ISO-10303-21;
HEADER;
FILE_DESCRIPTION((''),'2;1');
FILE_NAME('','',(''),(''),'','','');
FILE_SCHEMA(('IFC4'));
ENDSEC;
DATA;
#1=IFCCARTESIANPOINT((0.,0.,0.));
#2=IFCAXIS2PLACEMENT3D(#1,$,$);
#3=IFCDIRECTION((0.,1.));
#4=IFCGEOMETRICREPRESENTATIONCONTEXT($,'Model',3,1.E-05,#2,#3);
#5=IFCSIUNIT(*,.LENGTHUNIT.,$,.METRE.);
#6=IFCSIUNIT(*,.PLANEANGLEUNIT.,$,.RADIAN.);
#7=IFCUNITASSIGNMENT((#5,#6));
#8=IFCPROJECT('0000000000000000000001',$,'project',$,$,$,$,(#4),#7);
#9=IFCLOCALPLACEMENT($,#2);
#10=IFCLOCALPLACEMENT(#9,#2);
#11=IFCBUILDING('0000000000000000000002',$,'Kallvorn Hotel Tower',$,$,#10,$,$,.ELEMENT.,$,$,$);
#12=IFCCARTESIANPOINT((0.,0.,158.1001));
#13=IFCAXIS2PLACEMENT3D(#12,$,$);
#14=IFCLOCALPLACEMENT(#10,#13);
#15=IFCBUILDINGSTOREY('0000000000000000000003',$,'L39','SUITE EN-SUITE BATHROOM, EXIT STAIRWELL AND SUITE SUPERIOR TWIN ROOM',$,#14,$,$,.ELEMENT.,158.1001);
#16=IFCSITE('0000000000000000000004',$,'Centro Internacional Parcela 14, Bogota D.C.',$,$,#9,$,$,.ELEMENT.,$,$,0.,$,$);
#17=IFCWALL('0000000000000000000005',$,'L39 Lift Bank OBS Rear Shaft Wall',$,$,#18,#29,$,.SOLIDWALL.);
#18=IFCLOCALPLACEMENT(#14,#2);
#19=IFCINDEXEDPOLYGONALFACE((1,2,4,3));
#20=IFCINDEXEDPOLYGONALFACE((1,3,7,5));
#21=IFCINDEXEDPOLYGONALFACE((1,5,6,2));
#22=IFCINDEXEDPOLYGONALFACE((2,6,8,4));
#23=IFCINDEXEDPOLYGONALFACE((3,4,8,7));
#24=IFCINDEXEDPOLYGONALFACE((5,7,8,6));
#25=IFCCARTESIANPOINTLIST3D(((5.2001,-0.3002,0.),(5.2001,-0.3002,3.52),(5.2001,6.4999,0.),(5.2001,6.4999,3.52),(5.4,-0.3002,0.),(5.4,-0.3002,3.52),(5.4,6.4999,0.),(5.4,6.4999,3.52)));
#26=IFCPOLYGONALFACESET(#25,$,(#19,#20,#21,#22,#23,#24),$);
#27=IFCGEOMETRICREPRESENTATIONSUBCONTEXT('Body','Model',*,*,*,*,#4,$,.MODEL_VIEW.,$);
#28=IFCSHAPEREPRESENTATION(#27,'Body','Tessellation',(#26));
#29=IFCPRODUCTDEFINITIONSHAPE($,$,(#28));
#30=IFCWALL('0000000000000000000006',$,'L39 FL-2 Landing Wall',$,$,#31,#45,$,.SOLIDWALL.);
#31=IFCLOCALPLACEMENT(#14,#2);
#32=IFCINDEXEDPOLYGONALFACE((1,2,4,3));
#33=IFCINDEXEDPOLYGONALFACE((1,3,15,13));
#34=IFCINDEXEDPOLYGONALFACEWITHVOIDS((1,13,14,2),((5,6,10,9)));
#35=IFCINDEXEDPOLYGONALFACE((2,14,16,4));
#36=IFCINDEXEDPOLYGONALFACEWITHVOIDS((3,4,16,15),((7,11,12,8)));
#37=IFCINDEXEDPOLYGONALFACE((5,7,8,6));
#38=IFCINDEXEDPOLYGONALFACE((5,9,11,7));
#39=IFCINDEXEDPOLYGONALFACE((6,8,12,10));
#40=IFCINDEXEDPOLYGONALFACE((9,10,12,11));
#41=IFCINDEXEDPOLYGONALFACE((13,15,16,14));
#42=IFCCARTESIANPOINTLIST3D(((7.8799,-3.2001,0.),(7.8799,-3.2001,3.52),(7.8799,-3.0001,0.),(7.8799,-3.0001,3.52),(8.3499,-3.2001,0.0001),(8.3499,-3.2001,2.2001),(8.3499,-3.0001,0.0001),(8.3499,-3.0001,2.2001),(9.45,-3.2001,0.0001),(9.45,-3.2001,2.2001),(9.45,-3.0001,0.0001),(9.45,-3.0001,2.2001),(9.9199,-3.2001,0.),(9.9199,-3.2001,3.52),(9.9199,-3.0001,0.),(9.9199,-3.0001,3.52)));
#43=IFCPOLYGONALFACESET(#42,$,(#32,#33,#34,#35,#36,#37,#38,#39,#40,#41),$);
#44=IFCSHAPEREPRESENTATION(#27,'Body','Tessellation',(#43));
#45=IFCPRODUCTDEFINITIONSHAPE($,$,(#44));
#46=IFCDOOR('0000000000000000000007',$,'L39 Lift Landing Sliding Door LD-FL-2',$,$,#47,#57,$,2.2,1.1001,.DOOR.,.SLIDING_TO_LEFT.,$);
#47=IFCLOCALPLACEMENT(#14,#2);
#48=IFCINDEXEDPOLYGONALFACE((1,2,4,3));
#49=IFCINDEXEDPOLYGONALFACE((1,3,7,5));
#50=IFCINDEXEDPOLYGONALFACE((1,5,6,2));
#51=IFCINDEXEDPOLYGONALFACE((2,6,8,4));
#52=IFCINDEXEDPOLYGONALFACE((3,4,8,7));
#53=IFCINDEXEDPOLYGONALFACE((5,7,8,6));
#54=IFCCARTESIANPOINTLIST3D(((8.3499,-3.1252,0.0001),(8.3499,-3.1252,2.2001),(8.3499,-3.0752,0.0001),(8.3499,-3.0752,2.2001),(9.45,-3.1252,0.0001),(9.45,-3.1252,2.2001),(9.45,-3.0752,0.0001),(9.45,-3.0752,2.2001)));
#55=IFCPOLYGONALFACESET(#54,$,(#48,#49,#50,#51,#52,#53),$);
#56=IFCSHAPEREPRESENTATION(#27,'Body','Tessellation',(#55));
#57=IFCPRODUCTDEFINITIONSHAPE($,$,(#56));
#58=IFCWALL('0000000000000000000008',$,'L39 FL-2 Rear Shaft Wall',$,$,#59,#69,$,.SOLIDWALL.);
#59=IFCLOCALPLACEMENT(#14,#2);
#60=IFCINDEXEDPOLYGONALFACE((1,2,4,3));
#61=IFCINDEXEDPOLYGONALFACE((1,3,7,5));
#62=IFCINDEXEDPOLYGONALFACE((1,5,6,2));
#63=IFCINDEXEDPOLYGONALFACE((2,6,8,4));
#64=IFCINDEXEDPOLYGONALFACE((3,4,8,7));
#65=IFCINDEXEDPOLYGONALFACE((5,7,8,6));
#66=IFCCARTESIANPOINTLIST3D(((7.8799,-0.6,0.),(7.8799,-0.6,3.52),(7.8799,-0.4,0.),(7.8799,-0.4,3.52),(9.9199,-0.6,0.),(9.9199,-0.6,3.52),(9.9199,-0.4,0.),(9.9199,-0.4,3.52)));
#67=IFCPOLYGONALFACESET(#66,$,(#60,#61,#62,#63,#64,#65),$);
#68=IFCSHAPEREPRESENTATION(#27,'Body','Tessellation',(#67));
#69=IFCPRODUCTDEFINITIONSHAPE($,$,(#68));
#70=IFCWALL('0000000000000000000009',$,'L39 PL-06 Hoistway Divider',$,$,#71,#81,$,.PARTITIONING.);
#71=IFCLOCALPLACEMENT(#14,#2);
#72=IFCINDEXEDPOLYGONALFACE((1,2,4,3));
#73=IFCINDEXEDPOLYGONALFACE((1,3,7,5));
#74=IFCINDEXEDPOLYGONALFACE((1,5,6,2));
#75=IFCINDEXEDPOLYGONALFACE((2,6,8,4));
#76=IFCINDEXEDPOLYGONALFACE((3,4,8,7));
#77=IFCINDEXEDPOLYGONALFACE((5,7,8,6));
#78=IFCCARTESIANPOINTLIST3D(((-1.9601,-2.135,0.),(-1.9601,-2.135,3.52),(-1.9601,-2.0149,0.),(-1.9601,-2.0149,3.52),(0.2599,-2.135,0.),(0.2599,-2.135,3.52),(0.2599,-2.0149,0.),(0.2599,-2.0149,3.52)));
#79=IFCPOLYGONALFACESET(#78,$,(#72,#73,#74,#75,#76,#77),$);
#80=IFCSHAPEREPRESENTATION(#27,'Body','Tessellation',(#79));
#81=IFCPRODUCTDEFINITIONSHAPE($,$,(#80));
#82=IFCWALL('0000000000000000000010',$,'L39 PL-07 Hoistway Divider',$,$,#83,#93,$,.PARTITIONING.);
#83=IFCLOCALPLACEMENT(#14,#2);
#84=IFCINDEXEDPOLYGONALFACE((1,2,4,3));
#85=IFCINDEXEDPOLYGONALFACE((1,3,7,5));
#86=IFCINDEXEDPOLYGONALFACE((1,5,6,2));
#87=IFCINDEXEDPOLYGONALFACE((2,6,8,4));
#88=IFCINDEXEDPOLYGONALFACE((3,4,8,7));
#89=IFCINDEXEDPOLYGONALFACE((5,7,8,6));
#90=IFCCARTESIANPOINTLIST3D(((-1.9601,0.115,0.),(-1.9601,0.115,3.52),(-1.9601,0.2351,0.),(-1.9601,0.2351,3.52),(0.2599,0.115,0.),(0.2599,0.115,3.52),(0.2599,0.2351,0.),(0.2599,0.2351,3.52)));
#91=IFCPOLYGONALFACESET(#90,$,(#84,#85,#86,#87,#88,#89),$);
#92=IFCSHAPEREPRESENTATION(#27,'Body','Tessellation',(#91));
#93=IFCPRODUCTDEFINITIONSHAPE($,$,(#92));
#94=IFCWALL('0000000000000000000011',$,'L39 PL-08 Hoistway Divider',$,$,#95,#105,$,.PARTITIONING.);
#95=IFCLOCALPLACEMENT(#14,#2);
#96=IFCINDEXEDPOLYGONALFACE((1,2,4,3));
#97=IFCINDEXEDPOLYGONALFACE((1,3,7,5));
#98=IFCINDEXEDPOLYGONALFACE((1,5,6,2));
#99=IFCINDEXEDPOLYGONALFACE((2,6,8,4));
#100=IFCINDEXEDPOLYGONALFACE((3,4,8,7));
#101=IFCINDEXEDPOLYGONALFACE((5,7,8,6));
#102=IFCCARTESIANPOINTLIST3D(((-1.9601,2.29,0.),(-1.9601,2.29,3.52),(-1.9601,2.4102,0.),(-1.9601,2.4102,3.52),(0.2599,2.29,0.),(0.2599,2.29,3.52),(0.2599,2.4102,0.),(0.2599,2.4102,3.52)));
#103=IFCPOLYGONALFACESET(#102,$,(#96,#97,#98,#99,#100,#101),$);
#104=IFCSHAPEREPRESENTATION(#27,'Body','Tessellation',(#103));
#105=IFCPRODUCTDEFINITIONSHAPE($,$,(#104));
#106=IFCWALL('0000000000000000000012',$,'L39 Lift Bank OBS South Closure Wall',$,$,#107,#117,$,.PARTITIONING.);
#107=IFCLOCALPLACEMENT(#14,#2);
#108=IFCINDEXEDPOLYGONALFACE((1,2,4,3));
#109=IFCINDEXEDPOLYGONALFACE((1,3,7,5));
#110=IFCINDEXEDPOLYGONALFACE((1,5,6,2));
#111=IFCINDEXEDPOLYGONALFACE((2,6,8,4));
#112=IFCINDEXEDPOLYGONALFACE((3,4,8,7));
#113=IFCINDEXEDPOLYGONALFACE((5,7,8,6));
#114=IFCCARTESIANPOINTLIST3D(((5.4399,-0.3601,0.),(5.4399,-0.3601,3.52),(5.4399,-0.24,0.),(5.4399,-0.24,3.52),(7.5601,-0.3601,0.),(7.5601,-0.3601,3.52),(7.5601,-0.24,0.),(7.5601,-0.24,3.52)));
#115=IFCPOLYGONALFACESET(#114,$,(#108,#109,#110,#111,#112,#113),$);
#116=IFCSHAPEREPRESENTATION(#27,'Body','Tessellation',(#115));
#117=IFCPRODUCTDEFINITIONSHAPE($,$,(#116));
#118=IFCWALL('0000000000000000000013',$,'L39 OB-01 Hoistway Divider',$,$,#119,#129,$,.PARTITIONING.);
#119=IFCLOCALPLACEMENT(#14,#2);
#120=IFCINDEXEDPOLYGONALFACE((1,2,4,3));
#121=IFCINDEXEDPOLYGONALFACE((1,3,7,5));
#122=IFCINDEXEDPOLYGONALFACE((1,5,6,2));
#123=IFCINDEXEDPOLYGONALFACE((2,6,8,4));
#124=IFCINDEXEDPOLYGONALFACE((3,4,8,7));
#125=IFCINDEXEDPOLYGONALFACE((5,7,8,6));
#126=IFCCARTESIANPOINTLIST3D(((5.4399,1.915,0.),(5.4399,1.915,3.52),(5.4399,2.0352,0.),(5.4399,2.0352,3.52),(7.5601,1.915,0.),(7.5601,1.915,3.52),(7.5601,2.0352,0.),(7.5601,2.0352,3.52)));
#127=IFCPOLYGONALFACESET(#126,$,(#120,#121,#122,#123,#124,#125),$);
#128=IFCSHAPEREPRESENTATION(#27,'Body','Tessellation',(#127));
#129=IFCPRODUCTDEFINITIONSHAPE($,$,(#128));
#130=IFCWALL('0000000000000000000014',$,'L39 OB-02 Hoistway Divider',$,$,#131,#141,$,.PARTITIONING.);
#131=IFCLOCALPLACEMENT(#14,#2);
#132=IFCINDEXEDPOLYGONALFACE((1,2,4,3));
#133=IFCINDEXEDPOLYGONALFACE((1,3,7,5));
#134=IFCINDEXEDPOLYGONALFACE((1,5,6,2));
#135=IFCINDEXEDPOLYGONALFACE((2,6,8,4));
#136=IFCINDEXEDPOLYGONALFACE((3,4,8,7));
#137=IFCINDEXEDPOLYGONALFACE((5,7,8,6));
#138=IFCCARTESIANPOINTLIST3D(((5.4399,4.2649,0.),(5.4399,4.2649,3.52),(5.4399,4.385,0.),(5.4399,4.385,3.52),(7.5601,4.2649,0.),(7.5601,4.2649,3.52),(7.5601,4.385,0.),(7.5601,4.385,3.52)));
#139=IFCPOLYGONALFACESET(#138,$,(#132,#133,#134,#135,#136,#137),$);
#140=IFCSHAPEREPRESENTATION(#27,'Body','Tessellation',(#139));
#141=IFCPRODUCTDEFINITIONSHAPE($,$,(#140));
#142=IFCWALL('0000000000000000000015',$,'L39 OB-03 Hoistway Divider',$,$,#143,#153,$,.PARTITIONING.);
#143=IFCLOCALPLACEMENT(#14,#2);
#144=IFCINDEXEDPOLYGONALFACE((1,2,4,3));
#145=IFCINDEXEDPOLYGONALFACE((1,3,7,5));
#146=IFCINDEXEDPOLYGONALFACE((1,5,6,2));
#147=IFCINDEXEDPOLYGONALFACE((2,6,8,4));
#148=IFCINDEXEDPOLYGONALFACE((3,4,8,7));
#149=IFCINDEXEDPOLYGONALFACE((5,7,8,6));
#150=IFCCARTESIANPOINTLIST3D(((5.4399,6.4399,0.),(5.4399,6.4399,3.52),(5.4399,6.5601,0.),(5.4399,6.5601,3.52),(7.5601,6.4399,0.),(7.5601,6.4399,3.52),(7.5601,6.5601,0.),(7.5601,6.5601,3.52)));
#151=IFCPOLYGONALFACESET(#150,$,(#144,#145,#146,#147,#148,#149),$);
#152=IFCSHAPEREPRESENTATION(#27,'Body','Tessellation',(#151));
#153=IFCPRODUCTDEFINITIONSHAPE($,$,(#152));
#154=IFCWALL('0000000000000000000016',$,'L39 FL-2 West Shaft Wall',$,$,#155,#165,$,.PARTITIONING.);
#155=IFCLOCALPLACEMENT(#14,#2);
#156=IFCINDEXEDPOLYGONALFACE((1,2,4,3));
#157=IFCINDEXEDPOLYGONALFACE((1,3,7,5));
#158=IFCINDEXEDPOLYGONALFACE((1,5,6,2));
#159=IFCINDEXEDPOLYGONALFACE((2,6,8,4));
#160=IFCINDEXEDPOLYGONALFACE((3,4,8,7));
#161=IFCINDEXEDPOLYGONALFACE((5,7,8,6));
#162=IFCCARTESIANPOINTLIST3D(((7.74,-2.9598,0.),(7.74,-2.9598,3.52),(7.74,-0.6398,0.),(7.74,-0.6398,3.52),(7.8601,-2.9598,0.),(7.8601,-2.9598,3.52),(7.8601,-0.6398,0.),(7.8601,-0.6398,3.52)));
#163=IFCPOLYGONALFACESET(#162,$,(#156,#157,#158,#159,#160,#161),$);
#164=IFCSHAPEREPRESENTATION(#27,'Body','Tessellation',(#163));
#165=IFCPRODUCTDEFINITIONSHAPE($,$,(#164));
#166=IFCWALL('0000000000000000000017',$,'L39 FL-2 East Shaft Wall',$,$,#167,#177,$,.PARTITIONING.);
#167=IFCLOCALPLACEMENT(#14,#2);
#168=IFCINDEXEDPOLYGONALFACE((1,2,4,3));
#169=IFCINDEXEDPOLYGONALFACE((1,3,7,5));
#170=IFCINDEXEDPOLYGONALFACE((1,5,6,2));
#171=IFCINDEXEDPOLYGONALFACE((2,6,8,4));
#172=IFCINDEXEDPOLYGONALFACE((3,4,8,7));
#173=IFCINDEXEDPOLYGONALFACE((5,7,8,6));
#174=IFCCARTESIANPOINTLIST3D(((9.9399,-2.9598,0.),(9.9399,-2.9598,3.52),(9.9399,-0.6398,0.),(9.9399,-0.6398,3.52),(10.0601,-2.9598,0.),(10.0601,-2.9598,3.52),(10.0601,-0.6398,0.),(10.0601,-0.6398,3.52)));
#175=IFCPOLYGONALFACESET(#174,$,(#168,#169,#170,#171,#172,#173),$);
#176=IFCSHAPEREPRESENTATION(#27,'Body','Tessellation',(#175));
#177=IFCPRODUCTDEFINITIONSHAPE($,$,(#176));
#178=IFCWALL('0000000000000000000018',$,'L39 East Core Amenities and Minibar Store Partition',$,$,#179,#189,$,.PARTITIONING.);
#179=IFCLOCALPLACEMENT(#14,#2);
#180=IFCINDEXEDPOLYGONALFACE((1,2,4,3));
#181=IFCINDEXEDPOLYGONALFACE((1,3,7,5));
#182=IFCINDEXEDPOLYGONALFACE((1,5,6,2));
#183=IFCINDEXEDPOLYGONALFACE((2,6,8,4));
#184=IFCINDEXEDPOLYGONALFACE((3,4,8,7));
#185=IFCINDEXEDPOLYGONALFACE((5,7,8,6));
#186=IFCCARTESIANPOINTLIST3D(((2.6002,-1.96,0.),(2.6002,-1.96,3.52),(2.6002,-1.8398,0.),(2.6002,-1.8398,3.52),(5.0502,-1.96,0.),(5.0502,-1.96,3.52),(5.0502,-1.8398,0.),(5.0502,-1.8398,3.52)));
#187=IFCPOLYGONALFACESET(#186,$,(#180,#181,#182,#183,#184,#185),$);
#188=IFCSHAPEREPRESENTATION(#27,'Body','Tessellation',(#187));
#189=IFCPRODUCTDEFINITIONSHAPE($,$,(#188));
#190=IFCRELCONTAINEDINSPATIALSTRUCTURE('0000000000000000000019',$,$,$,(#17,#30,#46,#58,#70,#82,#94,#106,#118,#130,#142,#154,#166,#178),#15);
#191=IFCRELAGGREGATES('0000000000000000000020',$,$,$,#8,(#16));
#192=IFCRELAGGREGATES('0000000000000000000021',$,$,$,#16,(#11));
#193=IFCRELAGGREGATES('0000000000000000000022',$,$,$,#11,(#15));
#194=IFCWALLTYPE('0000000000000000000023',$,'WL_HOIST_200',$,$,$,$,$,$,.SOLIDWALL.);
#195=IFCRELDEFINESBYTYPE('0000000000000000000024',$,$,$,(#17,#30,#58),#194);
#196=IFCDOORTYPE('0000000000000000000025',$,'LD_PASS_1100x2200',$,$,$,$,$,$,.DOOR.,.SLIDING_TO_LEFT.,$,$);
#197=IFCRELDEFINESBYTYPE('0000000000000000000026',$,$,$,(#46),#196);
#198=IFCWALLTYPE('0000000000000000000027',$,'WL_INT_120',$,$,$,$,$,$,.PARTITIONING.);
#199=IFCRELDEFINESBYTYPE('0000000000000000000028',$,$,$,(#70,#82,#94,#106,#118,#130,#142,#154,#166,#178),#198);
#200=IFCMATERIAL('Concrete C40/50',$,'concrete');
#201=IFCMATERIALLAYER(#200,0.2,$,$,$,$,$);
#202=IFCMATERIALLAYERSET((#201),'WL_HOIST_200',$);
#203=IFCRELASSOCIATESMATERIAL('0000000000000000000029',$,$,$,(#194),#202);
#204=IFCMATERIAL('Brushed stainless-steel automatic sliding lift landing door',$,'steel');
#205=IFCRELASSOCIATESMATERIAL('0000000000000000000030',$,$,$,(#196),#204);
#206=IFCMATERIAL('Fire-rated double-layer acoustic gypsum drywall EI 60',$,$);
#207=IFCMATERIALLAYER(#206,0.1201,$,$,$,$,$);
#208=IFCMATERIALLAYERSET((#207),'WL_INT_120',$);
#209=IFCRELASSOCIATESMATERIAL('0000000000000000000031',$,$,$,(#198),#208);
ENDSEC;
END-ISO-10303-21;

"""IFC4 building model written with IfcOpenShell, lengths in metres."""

from ifc_helpers import new_model, si_unit, direction, frame, frame_2d, origin, place, context, subcontext, project, spatial, rectangle, extrude, material, layer, layer_set, type_object, element, fill, save


model = new_model("IFC4")

# Units and contexts
model_context = context("Model", 3, precision=1e-05, world=origin(), true_north=direction((0.0, 1.0)))
body_context = subcontext(model_context, "Body", "Model", "MODEL_VIEW")
ifc_project = project(units=[si_unit("LENGTHUNIT", "METRE"), si_unit("PLANEANGLEUNIT", "RADIAN")], contexts=[model_context])

# Site, building, storey
site_placement = place(None, origin())
site = spatial("IfcSite", under=ifc_project, at=site_placement, Name="Centro Internacional Parcela 14, Bogota D.C.", CompositionType="ELEMENT", RefElevation=0.0)
building_placement = place(site_placement, origin())
building = spatial("IfcBuilding", under=site, at=building_placement, Name="Kallvorn Hotel Tower", CompositionType="ELEMENT")
storey_placement = place(building_placement, frame((0.0, 0.0, 158.1001)))
storey = spatial("IfcBuildingStorey", under=building, at=storey_placement, Name="L39", Description="SUITE EN-SUITE BATHROOM, EXIT STAIRWELL AND SUITE SUPERIOR TWIN ROOM", CompositionType="ELEMENT", Elevation=158.1001)

# Wall
ifc_material_1 = material(Name="Concrete C40/50", Category="concrete")
ifc_layer_1 = layer(ifc_material_1, 0.2)
ifc_layer_set_1 = layer_set([ifc_layer_1], Name="WL_HOIST_200")
wall_type_1 = type_object("IfcWallType", Name="WL_HOIST_200", PredefinedType="SOLIDWALL", material=ifc_layer_set_1)
for number, where, z_axis, x_axis, name in (
    (1, (5.3, -0.3, 0.0), (0.0, 0.0, 1.0), (0.0, 1.0, 0.0), "L39 Lift Bank OBS Rear Shaft Wall"),
):
    element("IfcWall", number, at=place(storey_placement, frame(where, z_axis=z_axis, x_axis=x_axis)), inside=storey, type_object=wall_type_1, Name=name, PredefinedType="SOLIDWALL", context=body_context, shape_type="SweptSolid", body=[
        extrude(rectangle(XDim=6.8, YDim=0.2, at=frame_2d((3.3999, 0.0))), origin(), (0.0, 0.0, 1.0), 3.52),
    ])

# Wall, opening, door
wall_1_placement = place(storey_placement, frame((7.8799, -3.1001, 0.0), z_axis=(0.0, 0.0, 1.0), x_axis=(1.0, 0.0, 0.0)))
wall_1 = element("IfcWall", 2, at=wall_1_placement, inside=storey, type_object=wall_type_1, Name="L39 FL-2 Landing Wall", PredefinedType="SOLIDWALL", context=body_context, shape_type="SweptSolid", body=[
    extrude(rectangle(XDim=2.04, YDim=0.2, at=frame_2d((1.02, 0.0))), origin(), (0.0, 0.0, 1.0), 3.52),
])
opening_placement = place(wall_1_placement, frame((0.47, 0.0, 0.0)))
opening = element("IfcOpeningElement", 3, at=opening_placement, cuts=wall_1, PredefinedType="OPENING", context=body_context, shape_type="SweptSolid", body=[
    extrude(rectangle(XDim=1.1001, YDim=2.2, at=frame_2d((0.55, 1.1001))), frame((0.0, 0.115, 0.0), z_axis=(0.0, -1.0, 0.0), x_axis=(1.0, 0.0, 0.0)), (0.0, 0.0, 1.0), 0.23),
])
ifc_material_2 = material(Name="Brushed stainless-steel automatic sliding lift landing door", Category="steel")
door_type = type_object("IfcDoorType", Name="LD_PASS_1100x2200", OperationType="SLIDING_TO_LEFT", PredefinedType="DOOR", material=ifc_material_2)
door_placement = place(opening_placement, origin())
door = element("IfcDoor", 4, at=door_placement, inside=storey, type_object=door_type, Name="L39 Lift Landing Sliding Door LD-FL-2", OperationType="SLIDING_TO_LEFT", OverallHeight=2.2, OverallWidth=1.1001, PredefinedType="DOOR", context=body_context, shape_type="SweptSolid", body=[
    extrude(rectangle(XDim=1.1001, YDim=2.2, at=frame_2d((0.55, 1.1001))), frame((0.0, 0.0249, 0.0), z_axis=(0.0, -1.0, 0.0), x_axis=(1.0, 0.0, 0.0)), (0.0, 0.0, 1.0), 0.05),
])
fill(opening, door)

# Walls
wall_2_placement = place(storey_placement, frame((7.8799, -0.5, 0.0), z_axis=(0.0, 0.0, 1.0), x_axis=(1.0, 0.0, 0.0)))
element("IfcWall", 5, at=wall_2_placement, inside=storey, type_object=wall_type_1, Name="L39 FL-2 Rear Shaft Wall", PredefinedType="SOLIDWALL", context=body_context, shape_type="SweptSolid", body=[
    extrude(rectangle(XDim=2.04, YDim=0.2, at=frame_2d((1.02, 0.0))), origin(), (0.0, 0.0, 1.0), 3.52),
])
ifc_material_3 = material(Name="Fire-rated double-layer acoustic gypsum drywall EI 60")
ifc_layer_2 = layer(ifc_material_3, 0.1201)
ifc_layer_set_2 = layer_set([ifc_layer_2], Name="WL_INT_120")
wall_type_2 = type_object("IfcWallType", Name="WL_INT_120", PredefinedType="PARTITIONING", material=ifc_layer_set_2)
for number, where, z_axis, x_axis, name in (
    (6, (-1.96, -2.075, 0.0), (0.0, 0.0, 1.0), (1.0, 0.0, 0.0), "L39 PL-06 Hoistway Divider"),
    (7, (-1.96, 0.175, 0.0), (0.0, 0.0, 1.0), (1.0, 0.0, 0.0), "L39 PL-07 Hoistway Divider"),
    (8, (-1.96, 2.3501, 0.0), (0.0, 0.0, 1.0), (1.0, 0.0, 0.0), "L39 PL-08 Hoistway Divider"),
):
    element("IfcWall", number, at=place(storey_placement, frame(where, z_axis=z_axis, x_axis=x_axis)), inside=storey, type_object=wall_type_2, Name=name, PredefinedType="PARTITIONING", context=body_context, shape_type="SweptSolid", body=[
        extrude(rectangle(XDim=2.22, YDim=0.1201, at=frame_2d((1.1099, 0.0))), origin(), (0.0, 0.0, 1.0), 3.52),
    ])
for number, where, z_axis, x_axis, name in (
    (9, (5.4399, -0.3, 0.0), (0.0, 0.0, 1.0), (1.0, 0.0, 0.0), "L39 Lift Bank OBS South Closure Wall"),
    (10, (5.4399, 1.9751, 0.0), (0.0, 0.0, 1.0), (1.0, 0.0, 0.0), "L39 OB-01 Hoistway Divider"),
    (11, (5.4399, 4.325, 0.0), (0.0, 0.0, 1.0), (1.0, 0.0, 0.0), "L39 OB-02 Hoistway Divider"),
    (12, (5.4399, 6.5, 0.0), (0.0, 0.0, 1.0), (1.0, 0.0, 0.0), "L39 OB-03 Hoistway Divider"),
):
    element("IfcWall", number, at=place(storey_placement, frame(where, z_axis=z_axis, x_axis=x_axis)), inside=storey, type_object=wall_type_2, Name=name, PredefinedType="PARTITIONING", context=body_context, shape_type="SweptSolid", body=[
        extrude(rectangle(XDim=2.1201, YDim=0.1201, at=frame_2d((1.0601, 0.0))), origin(), (0.0, 0.0, 1.0), 3.52),
    ])
for number, where, z_axis, x_axis, name in (
    (13, (7.8, -2.96, 0.0), (0.0, 0.0, 1.0), (0.0, 1.0, 0.0), "L39 FL-2 West Shaft Wall"),
    (14, (10.0, -2.96, 0.0), (0.0, 0.0, 1.0), (0.0, 1.0, 0.0), "L39 FL-2 East Shaft Wall"),
):
    element("IfcWall", number, at=place(storey_placement, frame(where, z_axis=z_axis, x_axis=x_axis)), inside=storey, type_object=wall_type_2, Name=name, PredefinedType="PARTITIONING", context=body_context, shape_type="SweptSolid", body=[
        extrude(rectangle(XDim=2.3201, YDim=0.1201, at=frame_2d((1.1602, 0.0))), origin(), (0.0, 0.0, 1.0), 3.52),
    ])
wall_3_placement = place(storey_placement, frame((2.6001, -1.8999, 0.0), z_axis=(0.0, 0.0, 1.0), x_axis=(1.0, 0.0, 0.0)))
element("IfcWall", 15, at=wall_3_placement, inside=storey, type_object=wall_type_2, Name="L39 East Core Amenities and Minibar Store Partition", PredefinedType="PARTITIONING", context=body_context, shape_type="SweptSolid", body=[
    extrude(rectangle(XDim=2.45, YDim=0.1201, at=frame_2d((1.2251, 0.0))), origin(), (0.0, 0.0, 1.0), 3.52),
])

save(model, "model.ifc")
